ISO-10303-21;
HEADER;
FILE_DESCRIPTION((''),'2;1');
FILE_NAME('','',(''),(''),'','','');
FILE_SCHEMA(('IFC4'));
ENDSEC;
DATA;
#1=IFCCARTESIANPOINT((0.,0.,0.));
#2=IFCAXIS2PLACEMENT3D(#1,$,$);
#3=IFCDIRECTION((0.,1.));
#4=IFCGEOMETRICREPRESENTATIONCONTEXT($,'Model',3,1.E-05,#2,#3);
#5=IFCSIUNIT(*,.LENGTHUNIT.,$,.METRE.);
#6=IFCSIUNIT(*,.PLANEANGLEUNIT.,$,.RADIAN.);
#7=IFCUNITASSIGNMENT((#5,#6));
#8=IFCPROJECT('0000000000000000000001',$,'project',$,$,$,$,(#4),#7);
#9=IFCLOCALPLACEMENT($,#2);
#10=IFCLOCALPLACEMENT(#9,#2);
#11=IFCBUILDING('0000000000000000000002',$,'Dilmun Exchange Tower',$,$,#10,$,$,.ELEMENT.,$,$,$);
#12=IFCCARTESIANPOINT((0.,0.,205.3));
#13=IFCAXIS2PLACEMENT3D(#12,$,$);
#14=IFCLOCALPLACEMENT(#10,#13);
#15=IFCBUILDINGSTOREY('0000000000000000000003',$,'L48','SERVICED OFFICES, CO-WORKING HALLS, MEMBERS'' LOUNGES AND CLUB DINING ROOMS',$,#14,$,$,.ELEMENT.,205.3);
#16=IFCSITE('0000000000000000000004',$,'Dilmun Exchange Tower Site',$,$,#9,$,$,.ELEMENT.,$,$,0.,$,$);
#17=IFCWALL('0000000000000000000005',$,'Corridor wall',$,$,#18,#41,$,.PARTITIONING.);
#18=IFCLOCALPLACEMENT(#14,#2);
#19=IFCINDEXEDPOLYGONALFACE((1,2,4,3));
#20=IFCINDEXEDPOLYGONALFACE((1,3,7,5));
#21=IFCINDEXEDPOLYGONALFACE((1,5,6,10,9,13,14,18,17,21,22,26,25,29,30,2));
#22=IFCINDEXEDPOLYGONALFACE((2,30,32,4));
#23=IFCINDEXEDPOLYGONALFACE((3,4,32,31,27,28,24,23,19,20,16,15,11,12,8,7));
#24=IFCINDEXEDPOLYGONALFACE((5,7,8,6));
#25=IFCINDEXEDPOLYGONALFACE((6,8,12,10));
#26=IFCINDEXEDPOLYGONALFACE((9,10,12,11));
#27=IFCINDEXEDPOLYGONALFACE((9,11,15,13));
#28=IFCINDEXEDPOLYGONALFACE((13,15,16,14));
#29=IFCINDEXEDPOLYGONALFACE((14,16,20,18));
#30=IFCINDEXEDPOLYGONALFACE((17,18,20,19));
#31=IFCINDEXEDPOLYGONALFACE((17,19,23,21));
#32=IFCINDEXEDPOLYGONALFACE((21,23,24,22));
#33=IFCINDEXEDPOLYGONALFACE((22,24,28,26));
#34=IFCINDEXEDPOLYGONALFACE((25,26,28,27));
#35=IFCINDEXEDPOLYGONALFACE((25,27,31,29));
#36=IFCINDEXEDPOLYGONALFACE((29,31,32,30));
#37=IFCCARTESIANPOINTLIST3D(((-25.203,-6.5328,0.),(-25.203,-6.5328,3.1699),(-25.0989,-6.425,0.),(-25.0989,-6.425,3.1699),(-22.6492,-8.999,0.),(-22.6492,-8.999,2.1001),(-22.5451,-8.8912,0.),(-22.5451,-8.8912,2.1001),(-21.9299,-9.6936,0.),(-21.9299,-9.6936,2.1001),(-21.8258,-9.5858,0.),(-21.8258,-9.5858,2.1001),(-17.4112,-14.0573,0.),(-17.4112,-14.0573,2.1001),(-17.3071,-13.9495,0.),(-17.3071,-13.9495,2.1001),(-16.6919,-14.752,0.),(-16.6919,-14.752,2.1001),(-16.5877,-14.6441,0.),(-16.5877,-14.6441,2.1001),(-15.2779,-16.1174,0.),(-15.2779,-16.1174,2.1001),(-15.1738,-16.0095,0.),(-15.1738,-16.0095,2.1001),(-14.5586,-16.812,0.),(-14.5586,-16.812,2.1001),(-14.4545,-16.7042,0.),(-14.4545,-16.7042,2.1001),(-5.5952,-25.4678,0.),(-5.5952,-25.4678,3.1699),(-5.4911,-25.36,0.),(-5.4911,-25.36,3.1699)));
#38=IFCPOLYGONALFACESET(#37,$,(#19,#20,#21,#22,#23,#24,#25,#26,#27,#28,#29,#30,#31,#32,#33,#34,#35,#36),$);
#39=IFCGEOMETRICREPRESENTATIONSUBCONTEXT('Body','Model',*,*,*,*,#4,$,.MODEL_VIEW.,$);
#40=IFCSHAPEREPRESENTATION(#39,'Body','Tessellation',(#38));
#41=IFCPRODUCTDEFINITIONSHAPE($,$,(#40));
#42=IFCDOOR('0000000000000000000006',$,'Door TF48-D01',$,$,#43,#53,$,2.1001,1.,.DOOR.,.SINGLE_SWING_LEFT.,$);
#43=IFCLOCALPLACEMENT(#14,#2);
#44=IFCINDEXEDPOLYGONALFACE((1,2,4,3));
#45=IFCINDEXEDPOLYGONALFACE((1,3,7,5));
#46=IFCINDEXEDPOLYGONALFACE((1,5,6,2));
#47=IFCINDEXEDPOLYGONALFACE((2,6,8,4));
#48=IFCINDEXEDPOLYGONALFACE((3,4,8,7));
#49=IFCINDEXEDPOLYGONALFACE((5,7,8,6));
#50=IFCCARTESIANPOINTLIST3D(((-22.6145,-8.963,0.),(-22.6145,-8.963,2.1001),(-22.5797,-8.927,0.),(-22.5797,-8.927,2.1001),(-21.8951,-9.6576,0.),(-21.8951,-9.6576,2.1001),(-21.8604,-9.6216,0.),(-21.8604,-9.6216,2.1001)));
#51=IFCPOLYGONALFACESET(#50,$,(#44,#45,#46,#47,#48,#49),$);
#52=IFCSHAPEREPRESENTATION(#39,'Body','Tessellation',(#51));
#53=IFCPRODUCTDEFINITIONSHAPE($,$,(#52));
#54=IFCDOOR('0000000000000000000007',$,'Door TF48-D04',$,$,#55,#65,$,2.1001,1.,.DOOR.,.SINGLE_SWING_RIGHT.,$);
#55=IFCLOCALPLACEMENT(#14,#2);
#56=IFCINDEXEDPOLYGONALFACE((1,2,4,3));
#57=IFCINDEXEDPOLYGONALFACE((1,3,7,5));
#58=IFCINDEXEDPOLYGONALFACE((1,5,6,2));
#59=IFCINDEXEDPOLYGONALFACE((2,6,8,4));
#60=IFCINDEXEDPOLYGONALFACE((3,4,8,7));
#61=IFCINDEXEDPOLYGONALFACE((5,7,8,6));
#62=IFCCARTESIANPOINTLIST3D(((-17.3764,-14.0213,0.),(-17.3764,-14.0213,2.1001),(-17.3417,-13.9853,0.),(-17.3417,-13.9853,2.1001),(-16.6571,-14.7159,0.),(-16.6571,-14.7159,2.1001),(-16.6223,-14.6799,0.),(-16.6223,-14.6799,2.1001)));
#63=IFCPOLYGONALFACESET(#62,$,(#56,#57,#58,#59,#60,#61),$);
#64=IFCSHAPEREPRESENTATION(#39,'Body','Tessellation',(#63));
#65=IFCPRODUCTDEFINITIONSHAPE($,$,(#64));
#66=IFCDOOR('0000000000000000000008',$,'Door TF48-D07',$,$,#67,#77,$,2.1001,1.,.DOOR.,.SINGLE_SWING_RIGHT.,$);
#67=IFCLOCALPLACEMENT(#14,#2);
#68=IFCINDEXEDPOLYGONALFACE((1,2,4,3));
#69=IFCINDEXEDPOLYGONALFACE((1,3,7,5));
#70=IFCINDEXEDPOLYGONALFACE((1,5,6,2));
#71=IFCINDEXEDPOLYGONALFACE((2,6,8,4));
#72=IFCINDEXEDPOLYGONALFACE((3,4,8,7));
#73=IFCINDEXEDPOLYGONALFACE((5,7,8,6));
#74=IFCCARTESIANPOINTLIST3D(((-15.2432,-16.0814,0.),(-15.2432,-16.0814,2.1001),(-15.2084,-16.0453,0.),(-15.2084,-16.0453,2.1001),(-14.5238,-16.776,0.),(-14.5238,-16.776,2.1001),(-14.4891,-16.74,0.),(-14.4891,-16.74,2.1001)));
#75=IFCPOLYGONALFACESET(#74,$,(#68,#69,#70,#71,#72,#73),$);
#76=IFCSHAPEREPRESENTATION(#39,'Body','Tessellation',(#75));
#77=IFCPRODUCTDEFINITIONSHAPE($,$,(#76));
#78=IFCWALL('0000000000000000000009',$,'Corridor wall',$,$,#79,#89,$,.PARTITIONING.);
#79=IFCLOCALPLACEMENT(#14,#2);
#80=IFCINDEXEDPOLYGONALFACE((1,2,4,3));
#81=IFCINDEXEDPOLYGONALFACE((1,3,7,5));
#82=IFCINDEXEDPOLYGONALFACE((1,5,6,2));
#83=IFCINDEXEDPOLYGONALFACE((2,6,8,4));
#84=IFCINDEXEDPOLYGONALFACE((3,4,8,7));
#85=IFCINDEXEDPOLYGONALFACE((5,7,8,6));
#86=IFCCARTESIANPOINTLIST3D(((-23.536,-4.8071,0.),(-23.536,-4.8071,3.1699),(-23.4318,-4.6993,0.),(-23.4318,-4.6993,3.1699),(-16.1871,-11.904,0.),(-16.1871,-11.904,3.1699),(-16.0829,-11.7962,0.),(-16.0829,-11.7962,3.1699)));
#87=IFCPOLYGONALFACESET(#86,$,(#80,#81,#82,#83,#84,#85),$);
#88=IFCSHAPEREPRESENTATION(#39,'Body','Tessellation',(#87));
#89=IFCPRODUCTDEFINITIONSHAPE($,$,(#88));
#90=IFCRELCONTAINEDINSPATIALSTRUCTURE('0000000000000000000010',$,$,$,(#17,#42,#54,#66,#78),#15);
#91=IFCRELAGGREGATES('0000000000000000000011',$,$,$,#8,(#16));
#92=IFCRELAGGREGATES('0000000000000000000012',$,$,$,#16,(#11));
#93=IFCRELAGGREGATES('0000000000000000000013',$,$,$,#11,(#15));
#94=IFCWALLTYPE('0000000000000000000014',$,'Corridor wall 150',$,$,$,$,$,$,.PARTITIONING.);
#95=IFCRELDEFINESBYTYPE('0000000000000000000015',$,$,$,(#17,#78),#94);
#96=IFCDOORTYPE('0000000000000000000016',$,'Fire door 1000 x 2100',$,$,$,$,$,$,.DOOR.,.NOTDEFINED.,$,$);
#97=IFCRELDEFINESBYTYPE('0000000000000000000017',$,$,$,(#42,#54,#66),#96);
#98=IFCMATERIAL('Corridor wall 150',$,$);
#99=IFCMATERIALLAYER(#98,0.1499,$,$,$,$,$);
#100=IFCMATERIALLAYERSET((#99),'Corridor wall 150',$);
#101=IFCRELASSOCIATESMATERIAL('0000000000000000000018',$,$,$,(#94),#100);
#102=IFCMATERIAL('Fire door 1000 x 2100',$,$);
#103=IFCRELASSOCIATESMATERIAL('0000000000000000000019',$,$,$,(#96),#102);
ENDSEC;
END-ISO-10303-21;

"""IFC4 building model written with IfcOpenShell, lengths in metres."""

from ifc_helpers import new_model, si_unit, direction, frame, frame_2d, origin, place, context, subcontext, project, spatial, rectangle, extrude, material, layer, layer_set, type_object, element, fill, save


model = new_model("IFC4")

# Units and contexts
model_context = context("Model", 3, precision=1e-05, world=origin(), true_north=direction((0.0, 1.0)))
body_context = subcontext(model_context, "Body", "Model", "MODEL_VIEW")
ifc_project = project(units=[si_unit("LENGTHUNIT", "METRE"), si_unit("PLANEANGLEUNIT", "RADIAN")], contexts=[model_context])

# Site, building, storey
site_placement = place(None, origin())
site = spatial("IfcSite", under=ifc_project, at=site_placement, Name="Dilmun Exchange Tower Site", CompositionType="ELEMENT", RefElevation=0.0)
building_placement = place(site_placement, origin())
building = spatial("IfcBuilding", under=site, at=building_placement, Name="Dilmun Exchange Tower", CompositionType="ELEMENT")
storey_placement = place(building_placement, frame((0.0, 0.0, 205.3)))
storey = spatial("IfcBuildingStorey", under=building, at=storey_placement, Name="L48", Description="SERVICED OFFICES, CO-WORKING HALLS, MEMBERS' LOUNGES AND CLUB DINING ROOMS", CompositionType="ELEMENT", Elevation=205.3)

# Shared definitions
ifc_material_1 = material(Name="Corridor wall 150")
ifc_layer = layer(ifc_material_1, 0.1499)
ifc_layer_set = layer_set([ifc_layer], Name="Corridor wall 150")
wall_type = type_object("IfcWallType", Name="Corridor wall 150", PredefinedType="PARTITIONING", material=ifc_layer_set)
ifc_material_2 = material(Name="Fire door 1000 x 2100")
door_type_1 = type_object("IfcDoorType", Name="Fire door 1000 x 2100", OperationType="NOTDEFINED", PredefinedType="DOOR", material=ifc_material_2)

# Wall, openings, doors
wall_1_placement = place(storey_placement, frame((-25.1509, -6.479, 0.0), z_axis=(0.0, 0.0, 1.0), x_axis=(0.719341, -0.694657, 0.0)))
wall_1 = element("IfcWall", 1, at=wall_1_placement, inside=storey, type_object=wall_type, Name="Corridor wall", PredefinedType="PARTITIONING", context=body_context, shape_type="SweptSolid", body=[
    extrude(rectangle(XDim=27.2581, YDim=0.1499, at=frame_2d((13.6289, 0.0))), origin(), (0.0, 0.0, 1.0), 3.1699),
])
opening_1_placement = place(wall_1_placement, frame((3.55, 0.0, 0.0)))
opening_1 = element("IfcOpeningElement", 2, at=opening_1_placement, cuts=wall_1, PredefinedType="OPENING", context=body_context, shape_type="SweptSolid", body=[
    extrude(rectangle(XDim=1.0, YDim=2.1001, at=frame_2d((0.5, 1.05))), frame((0.0, 0.085, 0.0), z_axis=(0.0, -1.0, 0.0), x_axis=(1.0, 0.0, 0.0)), (0.0, 0.0, 1.0), 0.1699),
])
opening_2_placement = place(wall_1_placement, frame((10.8318, 0.0, 0.0)))
opening_2 = element("IfcOpeningElement", 3, at=opening_2_placement, cuts=wall_1, PredefinedType="OPENING", context=body_context, shape_type="SweptSolid", body=[
    extrude(rectangle(XDim=1.0, YDim=2.1001, at=frame_2d((0.5, 1.05))), frame((0.0, 0.085, 0.0), z_axis=(0.0, -1.0, 0.0), x_axis=(1.0, 0.0, 0.0)), (0.0, 0.0, 1.0), 0.1699),
])
opening_3_placement = place(wall_1_placement, frame((13.7974, 0.0, 0.0)))
opening_3 = element("IfcOpeningElement", 4, at=opening_3_placement, cuts=wall_1, PredefinedType="OPENING", context=body_context, shape_type="SweptSolid", body=[
    extrude(rectangle(XDim=1.0, YDim=2.1001, at=frame_2d((0.5, 1.05))), frame((0.0, 0.085, 0.0), z_axis=(0.0, -1.0, 0.0), x_axis=(1.0, 0.0, 0.0)), (0.0, 0.0, 1.0), 0.1699),
])
door_1_placement = place(opening_1_placement, frame((1.0, 0.0, 0.0), z_axis=(0.0, 0.0, 1.0), x_axis=(-1.0, 0.0, 0.0)))
door_1 = element("IfcDoor", 5, at=door_1_placement, inside=storey, type_object=door_type_1, Name="Door TF48-D01", OperationType="SINGLE_SWING_LEFT", OverallHeight=2.1001, OverallWidth=1.0, PredefinedType="DOOR", context=body_context, shape_type="SweptSolid", body=[
    extrude(rectangle(XDim=1.0, YDim=2.1001, at=frame_2d((0.5, 1.05))), frame((0.0, 0.0249, 0.0), z_axis=(0.0, -1.0, 0.0), x_axis=(1.0, 0.0, 0.0)), (0.0, 0.0, 1.0), 0.05),
])
fill(opening_1, door_1)
door_2_placement = place(opening_2_placement, frame((1.0, 0.0, 0.0), z_axis=(0.0, 0.0, 1.0), x_axis=(-1.0, 0.0, 0.0)))
door_2 = element("IfcDoor", 6, at=door_2_placement, inside=storey, type_object=door_type_1, Name="Door TF48-D04", OperationType="SINGLE_SWING_RIGHT", OverallHeight=2.1001, OverallWidth=1.0, PredefinedType="DOOR", context=body_context, shape_type="SweptSolid", body=[
    extrude(rectangle(XDim=1.0, YDim=2.1001, at=frame_2d((0.5, 1.05))), frame((0.0, 0.0249, 0.0), z_axis=(0.0, -1.0, 0.0), x_axis=(1.0, 0.0, 0.0)), (0.0, 0.0, 1.0), 0.05),
])
fill(opening_2, door_2)
door_3_placement = place(opening_3_placement, frame((1.0, 0.0, 0.0), z_axis=(0.0, 0.0, 1.0), x_axis=(-1.0, 0.0, 0.0)))
door_3 = element("IfcDoor", 7, at=door_3_placement, inside=storey, type_object=door_type_1, Name="Door TF48-D07", OperationType="SINGLE_SWING_RIGHT", OverallHeight=2.1001, OverallWidth=1.0, PredefinedType="DOOR", context=body_context, shape_type="SweptSolid", body=[
    extrude(rectangle(XDim=1.0, YDim=2.1001, at=frame_2d((0.5, 1.05))), frame((0.0, 0.0249, 0.0), z_axis=(0.0, -1.0, 0.0), x_axis=(1.0, 0.0, 0.0)), (0.0, 0.0, 1.0), 0.05),
])
fill(opening_3, door_3)

# Wall
wall_2_placement = place(storey_placement, frame((-23.4839, -4.7532, 0.0), z_axis=(0.0, 0.0, 1.0), x_axis=(0.71933, -0.694668, 0.0)))
element("IfcWall", 8, at=wall_2_placement, inside=storey, type_object=wall_type, Name="Corridor wall", PredefinedType="PARTITIONING", context=body_context, shape_type="SweptSolid", body=[
    extrude(rectangle(XDim=10.2163, YDim=0.1499, at=frame_2d((5.1082, 0.0))), origin(), (0.0, 0.0, 1.0), 3.1699),
])

save(model, "model.ifc")
